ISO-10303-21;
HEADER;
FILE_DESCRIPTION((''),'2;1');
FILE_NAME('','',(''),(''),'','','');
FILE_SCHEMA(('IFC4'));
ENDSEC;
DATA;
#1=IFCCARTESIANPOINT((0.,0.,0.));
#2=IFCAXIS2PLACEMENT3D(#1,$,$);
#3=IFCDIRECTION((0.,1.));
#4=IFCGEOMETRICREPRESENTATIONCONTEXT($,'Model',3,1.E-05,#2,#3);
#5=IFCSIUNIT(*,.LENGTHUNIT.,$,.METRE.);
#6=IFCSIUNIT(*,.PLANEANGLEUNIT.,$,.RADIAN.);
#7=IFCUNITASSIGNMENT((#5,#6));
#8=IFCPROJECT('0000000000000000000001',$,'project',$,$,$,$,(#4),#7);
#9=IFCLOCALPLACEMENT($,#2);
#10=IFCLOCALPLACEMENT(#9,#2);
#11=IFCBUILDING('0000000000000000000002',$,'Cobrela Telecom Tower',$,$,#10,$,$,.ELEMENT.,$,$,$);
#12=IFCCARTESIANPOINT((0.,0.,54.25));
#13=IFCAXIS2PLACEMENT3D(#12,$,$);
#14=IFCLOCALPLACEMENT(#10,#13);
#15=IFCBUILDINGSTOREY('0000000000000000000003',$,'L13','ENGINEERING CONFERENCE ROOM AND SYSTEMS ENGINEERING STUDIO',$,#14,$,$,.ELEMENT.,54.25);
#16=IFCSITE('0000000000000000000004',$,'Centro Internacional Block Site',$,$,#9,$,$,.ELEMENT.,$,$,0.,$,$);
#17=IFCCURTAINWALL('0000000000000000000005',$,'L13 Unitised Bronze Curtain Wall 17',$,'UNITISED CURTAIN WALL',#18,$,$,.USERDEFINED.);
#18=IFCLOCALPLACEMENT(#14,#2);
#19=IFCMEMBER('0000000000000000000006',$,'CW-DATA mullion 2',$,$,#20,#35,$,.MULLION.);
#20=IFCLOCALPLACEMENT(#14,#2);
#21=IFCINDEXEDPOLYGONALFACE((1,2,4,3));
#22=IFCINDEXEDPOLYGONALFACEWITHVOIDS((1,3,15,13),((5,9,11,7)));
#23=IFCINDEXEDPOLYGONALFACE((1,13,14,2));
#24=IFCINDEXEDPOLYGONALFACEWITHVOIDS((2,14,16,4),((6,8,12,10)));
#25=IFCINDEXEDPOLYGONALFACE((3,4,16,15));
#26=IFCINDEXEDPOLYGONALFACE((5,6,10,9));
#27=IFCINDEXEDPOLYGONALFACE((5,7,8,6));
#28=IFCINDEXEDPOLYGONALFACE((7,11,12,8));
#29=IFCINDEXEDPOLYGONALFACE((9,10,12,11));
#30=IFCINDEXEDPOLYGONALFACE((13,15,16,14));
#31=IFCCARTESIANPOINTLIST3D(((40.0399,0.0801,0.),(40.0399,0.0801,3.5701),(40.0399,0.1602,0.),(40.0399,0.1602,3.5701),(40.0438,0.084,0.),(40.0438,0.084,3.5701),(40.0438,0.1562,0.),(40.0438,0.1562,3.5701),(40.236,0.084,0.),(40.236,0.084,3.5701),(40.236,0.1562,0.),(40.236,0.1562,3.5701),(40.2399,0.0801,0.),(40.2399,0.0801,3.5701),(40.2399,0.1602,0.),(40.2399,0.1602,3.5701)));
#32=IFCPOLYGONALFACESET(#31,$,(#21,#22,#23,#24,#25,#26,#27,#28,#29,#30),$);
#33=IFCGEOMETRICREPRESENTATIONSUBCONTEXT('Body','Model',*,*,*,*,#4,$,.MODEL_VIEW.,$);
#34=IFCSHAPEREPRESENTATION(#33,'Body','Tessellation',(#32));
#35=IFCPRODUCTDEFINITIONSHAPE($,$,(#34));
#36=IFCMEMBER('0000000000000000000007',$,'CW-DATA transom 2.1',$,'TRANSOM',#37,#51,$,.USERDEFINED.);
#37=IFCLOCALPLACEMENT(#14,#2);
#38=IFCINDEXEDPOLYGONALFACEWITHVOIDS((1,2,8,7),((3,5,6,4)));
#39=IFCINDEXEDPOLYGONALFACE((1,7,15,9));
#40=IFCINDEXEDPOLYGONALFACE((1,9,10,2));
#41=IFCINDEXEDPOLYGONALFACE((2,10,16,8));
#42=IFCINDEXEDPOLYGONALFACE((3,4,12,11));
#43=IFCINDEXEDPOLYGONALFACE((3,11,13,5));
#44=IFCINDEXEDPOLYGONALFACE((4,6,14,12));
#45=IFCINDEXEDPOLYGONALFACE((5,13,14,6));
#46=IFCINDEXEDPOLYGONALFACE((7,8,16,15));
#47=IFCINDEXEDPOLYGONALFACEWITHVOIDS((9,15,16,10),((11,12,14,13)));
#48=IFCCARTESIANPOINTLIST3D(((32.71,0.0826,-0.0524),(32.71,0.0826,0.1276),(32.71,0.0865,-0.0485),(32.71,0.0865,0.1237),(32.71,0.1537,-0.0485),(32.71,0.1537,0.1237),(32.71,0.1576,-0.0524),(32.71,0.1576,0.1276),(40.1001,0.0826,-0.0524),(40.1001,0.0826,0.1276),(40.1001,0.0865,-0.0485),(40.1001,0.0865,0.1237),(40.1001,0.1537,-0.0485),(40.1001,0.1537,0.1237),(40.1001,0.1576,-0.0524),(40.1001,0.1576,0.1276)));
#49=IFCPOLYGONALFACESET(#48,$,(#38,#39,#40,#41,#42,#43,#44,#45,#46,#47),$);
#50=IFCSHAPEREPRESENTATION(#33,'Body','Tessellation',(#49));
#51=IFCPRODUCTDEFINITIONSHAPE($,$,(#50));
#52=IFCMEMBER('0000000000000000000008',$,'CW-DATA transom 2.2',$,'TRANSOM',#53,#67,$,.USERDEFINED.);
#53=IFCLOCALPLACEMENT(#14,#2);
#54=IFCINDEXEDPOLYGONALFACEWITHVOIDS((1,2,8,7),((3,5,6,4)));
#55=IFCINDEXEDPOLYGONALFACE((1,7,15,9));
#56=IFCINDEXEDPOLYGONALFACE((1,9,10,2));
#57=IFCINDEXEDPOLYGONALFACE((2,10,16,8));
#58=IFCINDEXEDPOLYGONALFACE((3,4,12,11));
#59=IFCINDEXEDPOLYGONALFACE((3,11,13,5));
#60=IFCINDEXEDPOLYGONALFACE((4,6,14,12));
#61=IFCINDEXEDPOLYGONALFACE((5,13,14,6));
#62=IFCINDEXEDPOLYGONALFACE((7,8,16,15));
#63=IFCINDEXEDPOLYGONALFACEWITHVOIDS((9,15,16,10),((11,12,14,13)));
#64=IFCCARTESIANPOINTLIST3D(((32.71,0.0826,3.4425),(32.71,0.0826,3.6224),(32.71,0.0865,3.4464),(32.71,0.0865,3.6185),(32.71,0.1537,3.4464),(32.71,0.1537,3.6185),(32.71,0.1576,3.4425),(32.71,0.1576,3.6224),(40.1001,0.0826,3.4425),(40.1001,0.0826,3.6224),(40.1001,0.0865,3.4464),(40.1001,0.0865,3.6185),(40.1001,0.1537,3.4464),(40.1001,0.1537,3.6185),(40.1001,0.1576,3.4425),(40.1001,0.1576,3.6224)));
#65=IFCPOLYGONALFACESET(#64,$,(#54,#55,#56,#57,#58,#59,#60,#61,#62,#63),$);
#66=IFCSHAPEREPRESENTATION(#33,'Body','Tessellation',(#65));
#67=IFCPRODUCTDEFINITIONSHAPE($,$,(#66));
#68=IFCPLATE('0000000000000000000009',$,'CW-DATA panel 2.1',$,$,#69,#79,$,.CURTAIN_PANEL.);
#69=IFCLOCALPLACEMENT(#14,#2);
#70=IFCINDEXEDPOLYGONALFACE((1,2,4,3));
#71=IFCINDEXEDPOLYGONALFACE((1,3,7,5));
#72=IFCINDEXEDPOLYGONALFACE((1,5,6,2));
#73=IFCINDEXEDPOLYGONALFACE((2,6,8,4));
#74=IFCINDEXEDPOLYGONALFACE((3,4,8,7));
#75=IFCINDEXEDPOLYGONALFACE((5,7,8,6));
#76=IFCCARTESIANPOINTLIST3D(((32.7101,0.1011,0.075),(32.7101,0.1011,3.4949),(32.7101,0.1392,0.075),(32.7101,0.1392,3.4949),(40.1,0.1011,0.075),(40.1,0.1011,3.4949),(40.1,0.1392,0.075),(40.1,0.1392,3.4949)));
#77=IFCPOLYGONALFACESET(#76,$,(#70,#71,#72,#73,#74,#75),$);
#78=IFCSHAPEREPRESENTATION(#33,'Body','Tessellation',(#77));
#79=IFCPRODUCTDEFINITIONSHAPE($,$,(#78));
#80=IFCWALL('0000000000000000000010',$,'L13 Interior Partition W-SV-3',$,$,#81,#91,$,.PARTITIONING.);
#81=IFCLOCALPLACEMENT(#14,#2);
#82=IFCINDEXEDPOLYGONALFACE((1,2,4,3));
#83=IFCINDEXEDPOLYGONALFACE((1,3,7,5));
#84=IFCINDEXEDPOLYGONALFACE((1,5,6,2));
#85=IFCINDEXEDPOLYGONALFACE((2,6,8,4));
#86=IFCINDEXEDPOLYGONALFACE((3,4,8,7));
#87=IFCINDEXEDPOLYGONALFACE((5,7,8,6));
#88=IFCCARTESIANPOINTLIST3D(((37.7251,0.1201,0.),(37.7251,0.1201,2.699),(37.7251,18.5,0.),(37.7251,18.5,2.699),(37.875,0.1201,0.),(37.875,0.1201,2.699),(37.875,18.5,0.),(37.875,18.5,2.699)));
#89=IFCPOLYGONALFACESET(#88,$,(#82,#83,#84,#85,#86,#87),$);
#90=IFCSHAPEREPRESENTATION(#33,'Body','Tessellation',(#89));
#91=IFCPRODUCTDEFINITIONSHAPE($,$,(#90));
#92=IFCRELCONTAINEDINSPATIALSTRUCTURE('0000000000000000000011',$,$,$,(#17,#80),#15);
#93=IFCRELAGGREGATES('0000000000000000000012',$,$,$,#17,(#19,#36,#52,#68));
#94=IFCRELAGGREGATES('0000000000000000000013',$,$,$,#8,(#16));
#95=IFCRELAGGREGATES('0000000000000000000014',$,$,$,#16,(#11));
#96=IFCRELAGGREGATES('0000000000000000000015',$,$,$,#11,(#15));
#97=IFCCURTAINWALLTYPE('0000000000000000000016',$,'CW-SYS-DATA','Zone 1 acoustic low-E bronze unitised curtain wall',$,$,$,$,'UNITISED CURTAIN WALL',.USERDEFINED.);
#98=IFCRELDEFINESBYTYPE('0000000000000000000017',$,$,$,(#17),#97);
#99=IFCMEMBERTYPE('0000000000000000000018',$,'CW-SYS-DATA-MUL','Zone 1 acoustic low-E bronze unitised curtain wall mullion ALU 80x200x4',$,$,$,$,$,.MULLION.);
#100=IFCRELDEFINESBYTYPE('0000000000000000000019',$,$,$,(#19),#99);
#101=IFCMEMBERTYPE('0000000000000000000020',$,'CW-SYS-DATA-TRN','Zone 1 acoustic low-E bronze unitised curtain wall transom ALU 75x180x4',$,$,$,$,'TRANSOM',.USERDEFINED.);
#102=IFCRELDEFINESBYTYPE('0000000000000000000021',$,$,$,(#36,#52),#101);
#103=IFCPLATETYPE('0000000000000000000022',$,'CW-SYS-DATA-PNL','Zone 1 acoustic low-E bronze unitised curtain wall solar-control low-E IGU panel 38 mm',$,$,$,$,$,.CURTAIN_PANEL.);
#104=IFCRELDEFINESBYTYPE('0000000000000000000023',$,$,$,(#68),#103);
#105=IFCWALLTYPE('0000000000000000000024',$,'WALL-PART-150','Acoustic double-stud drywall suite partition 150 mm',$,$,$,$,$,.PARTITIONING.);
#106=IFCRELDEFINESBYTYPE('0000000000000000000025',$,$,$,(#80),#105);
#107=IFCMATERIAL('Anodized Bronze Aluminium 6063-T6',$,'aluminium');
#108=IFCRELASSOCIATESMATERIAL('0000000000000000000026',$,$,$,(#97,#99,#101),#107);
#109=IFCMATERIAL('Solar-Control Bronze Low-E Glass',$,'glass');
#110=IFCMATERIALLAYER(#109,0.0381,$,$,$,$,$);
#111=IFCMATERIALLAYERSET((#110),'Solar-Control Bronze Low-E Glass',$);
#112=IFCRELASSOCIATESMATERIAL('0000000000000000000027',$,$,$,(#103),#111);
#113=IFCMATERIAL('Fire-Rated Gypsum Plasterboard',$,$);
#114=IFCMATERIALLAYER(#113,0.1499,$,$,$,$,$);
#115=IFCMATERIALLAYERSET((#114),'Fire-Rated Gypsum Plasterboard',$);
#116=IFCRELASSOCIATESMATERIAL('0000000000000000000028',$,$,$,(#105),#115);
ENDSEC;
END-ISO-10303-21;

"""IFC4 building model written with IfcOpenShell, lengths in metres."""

from ifc_helpers import new_model, si_unit, direction, frame, frame_2d, origin, origin_2d, place, context, subcontext, project, spatial, rectangle, hollow_rectangle, extrude, material, layer, layer_set, material_profile, profile_set, type_object, element, aggregate, save


model = new_model("IFC4")

# Units and contexts
model_context = context("Model", 3, precision=1e-05, world=origin(), true_north=direction((0.0, 1.0)))
body_context = subcontext(model_context, "Body", "Model", "MODEL_VIEW")
ifc_project = project(units=[si_unit("LENGTHUNIT", "METRE"), si_unit("PLANEANGLEUNIT", "RADIAN")], contexts=[model_context])

# Site, building, storey
site_placement = place(None, origin())
site = spatial("IfcSite", under=ifc_project, at=site_placement, Name="Centro Internacional Block Site", CompositionType="ELEMENT", RefElevation=0.0)
building_placement = place(site_placement, origin())
building = spatial("IfcBuilding", under=site, at=building_placement, Name="Cobrela Telecom Tower", CompositionType="ELEMENT")
storey_placement = place(building_placement, frame((0.0, 0.0, 54.25)))
storey = spatial("IfcBuildingStorey", under=building, at=storey_placement, Name="L13", Description="ENGINEERING CONFERENCE ROOM AND SYSTEMS ENGINEERING STUDIO", CompositionType="ELEMENT", Elevation=54.25)

# Curtain wall, members, plate
ifc_material_1 = material(Name="Anodized Bronze Aluminium 6063-T6", Category="aluminium")
curtain_wall_type = type_object("IfcCurtainWallType", Name="CW-SYS-DATA", Description="Zone 1 acoustic low-E bronze unitised curtain wall", ElementType="UNITISED CURTAIN WALL", PredefinedType="USERDEFINED", material=ifc_material_1)
curtain_wall_placement = place(storey_placement, origin())
curtain_wall = element("IfcCurtainWall", 1, at=curtain_wall_placement, inside=storey, type_object=curtain_wall_type, Name="L13 Unitised Bronze Curtain Wall 17", ObjectType="UNITISED CURTAIN WALL", PredefinedType="USERDEFINED")
ifc_material_profile_1 = material_profile(ifc_material_1, hollow_rectangle(XDim=0.0801, YDim=0.2, WallThickness=0.0039, at=origin_2d()), Name="ALU 80x200x4")
ifc_profile_set_1 = profile_set([ifc_material_profile_1], Name="Anodized Bronze Aluminium 6063-T6")
member_type_1 = type_object("IfcMemberType", Name="CW-SYS-DATA-MUL", Description="Zone 1 acoustic low-E bronze unitised curtain wall mullion ALU 80x200x4", PredefinedType="MULLION", material=ifc_profile_set_1)
member_1_placement = place(storey_placement, frame((40.1399, 0.1201, 0.0), z_axis=(0.0, 0.0, 1.0), x_axis=(0.0, -1.0, 0.0)))
member_1 = element("IfcMember", 2, at=member_1_placement, type_object=member_type_1, Name="CW-DATA mullion 2", PredefinedType="MULLION", context=body_context, shape_type="SweptSolid", body=[
    extrude(hollow_rectangle(XDim=0.0801, YDim=0.2, WallThickness=0.0039, at=origin_2d()), origin(), (0.0, 0.0, 1.0), 3.5701),
])
ifc_material_profile_2 = material_profile(ifc_material_1, hollow_rectangle(XDim=0.075, YDim=0.1799, WallThickness=0.0039, at=origin_2d()), Name="ALU 75x180x4")
ifc_profile_set_2 = profile_set([ifc_material_profile_2], Name="Anodized Bronze Aluminium 6063-T6")
member_type_2 = type_object("IfcMemberType", Name="CW-SYS-DATA-TRN", Description="Zone 1 acoustic low-E bronze unitised curtain wall transom ALU 75x180x4", ElementType="TRANSOM", PredefinedType="USERDEFINED", material=ifc_profile_set_2)
member_2_placement = place(storey_placement, frame((40.1001, 0.1201, 0.0376), z_axis=(-1.0, 0.0, 0.0), x_axis=(0.0, -1.0, 0.0)))
member_2 = element("IfcMember", 3, at=member_2_placement, type_object=member_type_2, Name="CW-DATA transom 2.1", ObjectType="TRANSOM", PredefinedType="USERDEFINED", context=body_context, shape_type="SweptSolid", body=[
    extrude(hollow_rectangle(XDim=0.075, YDim=0.1799, WallThickness=0.0039, at=origin_2d()), origin(), (0.0, 0.0, 1.0), 7.3901),
])
member_3_placement = place(storey_placement, frame((40.1001, 0.1201, 3.5325), z_axis=(-1.0, 0.0, 0.0), x_axis=(0.0, -1.0, 0.0)))
member_3 = element("IfcMember", 4, at=member_3_placement, type_object=member_type_2, Name="CW-DATA transom 2.2", ObjectType="TRANSOM", PredefinedType="USERDEFINED", context=body_context, shape_type="SweptSolid", body=[
    extrude(hollow_rectangle(XDim=0.075, YDim=0.1799, WallThickness=0.0039, at=origin_2d()), origin(), (0.0, 0.0, 1.0), 7.3901),
])
ifc_material_2 = material(Name="Solar-Control Bronze Low-E Glass", Category="glass")
ifc_layer_1 = layer(ifc_material_2, 0.0381)
ifc_layer_set_1 = layer_set([ifc_layer_1], Name="Solar-Control Bronze Low-E Glass")
plate_type = type_object("IfcPlateType", Name="CW-SYS-DATA-PNL", Description="Zone 1 acoustic low-E bronze unitised curtain wall solar-control low-E IGU panel 38 mm", PredefinedType="CURTAIN_PANEL", material=ifc_layer_set_1)
plate_placement = place(storey_placement, frame((36.405, 0.1201, 0.075), z_axis=(0.0, 0.0, 1.0), x_axis=(-1.0, 0.0, 0.0)))
plate = element("IfcPlate", 5, at=plate_placement, type_object=plate_type, Name="CW-DATA panel 2.1", PredefinedType="CURTAIN_PANEL", context=body_context, shape_type="SweptSolid", body=[
    extrude(rectangle(XDim=7.3899, YDim=0.0381, at=origin_2d()), origin(), (0.0, 0.0, 1.0), 3.4199),
])
aggregate(curtain_wall, [member_1, member_2, member_3, plate])

# Wall
ifc_material_3 = material(Name="Fire-Rated Gypsum Plasterboard")
ifc_layer_2 = layer(ifc_material_3, 0.1499)
ifc_layer_set_2 = layer_set([ifc_layer_2], Name="Fire-Rated Gypsum Plasterboard")
wall_type = type_object("IfcWallType", Name="WALL-PART-150", Description="Acoustic double-stud drywall suite partition 150 mm", PredefinedType="PARTITIONING", material=ifc_layer_set_2)
wall_placement = place(storey_placement, frame((37.8, 0.1201, 0.0), z_axis=(0.0, 0.0, 1.0), x_axis=(0.0, 1.0, 0.0)))
element("IfcWall", 6, at=wall_placement, inside=storey, type_object=wall_type, Name="L13 Interior Partition W-SV-3", PredefinedType="PARTITIONING", context=body_context, shape_type="SweptSolid", body=[
    extrude(rectangle(XDim=18.3799, YDim=0.1499, at=frame_2d((9.1899, 0.0))), origin(), (0.0, 0.0, 1.0), 2.699),
])

save(model, "model.ifc")
